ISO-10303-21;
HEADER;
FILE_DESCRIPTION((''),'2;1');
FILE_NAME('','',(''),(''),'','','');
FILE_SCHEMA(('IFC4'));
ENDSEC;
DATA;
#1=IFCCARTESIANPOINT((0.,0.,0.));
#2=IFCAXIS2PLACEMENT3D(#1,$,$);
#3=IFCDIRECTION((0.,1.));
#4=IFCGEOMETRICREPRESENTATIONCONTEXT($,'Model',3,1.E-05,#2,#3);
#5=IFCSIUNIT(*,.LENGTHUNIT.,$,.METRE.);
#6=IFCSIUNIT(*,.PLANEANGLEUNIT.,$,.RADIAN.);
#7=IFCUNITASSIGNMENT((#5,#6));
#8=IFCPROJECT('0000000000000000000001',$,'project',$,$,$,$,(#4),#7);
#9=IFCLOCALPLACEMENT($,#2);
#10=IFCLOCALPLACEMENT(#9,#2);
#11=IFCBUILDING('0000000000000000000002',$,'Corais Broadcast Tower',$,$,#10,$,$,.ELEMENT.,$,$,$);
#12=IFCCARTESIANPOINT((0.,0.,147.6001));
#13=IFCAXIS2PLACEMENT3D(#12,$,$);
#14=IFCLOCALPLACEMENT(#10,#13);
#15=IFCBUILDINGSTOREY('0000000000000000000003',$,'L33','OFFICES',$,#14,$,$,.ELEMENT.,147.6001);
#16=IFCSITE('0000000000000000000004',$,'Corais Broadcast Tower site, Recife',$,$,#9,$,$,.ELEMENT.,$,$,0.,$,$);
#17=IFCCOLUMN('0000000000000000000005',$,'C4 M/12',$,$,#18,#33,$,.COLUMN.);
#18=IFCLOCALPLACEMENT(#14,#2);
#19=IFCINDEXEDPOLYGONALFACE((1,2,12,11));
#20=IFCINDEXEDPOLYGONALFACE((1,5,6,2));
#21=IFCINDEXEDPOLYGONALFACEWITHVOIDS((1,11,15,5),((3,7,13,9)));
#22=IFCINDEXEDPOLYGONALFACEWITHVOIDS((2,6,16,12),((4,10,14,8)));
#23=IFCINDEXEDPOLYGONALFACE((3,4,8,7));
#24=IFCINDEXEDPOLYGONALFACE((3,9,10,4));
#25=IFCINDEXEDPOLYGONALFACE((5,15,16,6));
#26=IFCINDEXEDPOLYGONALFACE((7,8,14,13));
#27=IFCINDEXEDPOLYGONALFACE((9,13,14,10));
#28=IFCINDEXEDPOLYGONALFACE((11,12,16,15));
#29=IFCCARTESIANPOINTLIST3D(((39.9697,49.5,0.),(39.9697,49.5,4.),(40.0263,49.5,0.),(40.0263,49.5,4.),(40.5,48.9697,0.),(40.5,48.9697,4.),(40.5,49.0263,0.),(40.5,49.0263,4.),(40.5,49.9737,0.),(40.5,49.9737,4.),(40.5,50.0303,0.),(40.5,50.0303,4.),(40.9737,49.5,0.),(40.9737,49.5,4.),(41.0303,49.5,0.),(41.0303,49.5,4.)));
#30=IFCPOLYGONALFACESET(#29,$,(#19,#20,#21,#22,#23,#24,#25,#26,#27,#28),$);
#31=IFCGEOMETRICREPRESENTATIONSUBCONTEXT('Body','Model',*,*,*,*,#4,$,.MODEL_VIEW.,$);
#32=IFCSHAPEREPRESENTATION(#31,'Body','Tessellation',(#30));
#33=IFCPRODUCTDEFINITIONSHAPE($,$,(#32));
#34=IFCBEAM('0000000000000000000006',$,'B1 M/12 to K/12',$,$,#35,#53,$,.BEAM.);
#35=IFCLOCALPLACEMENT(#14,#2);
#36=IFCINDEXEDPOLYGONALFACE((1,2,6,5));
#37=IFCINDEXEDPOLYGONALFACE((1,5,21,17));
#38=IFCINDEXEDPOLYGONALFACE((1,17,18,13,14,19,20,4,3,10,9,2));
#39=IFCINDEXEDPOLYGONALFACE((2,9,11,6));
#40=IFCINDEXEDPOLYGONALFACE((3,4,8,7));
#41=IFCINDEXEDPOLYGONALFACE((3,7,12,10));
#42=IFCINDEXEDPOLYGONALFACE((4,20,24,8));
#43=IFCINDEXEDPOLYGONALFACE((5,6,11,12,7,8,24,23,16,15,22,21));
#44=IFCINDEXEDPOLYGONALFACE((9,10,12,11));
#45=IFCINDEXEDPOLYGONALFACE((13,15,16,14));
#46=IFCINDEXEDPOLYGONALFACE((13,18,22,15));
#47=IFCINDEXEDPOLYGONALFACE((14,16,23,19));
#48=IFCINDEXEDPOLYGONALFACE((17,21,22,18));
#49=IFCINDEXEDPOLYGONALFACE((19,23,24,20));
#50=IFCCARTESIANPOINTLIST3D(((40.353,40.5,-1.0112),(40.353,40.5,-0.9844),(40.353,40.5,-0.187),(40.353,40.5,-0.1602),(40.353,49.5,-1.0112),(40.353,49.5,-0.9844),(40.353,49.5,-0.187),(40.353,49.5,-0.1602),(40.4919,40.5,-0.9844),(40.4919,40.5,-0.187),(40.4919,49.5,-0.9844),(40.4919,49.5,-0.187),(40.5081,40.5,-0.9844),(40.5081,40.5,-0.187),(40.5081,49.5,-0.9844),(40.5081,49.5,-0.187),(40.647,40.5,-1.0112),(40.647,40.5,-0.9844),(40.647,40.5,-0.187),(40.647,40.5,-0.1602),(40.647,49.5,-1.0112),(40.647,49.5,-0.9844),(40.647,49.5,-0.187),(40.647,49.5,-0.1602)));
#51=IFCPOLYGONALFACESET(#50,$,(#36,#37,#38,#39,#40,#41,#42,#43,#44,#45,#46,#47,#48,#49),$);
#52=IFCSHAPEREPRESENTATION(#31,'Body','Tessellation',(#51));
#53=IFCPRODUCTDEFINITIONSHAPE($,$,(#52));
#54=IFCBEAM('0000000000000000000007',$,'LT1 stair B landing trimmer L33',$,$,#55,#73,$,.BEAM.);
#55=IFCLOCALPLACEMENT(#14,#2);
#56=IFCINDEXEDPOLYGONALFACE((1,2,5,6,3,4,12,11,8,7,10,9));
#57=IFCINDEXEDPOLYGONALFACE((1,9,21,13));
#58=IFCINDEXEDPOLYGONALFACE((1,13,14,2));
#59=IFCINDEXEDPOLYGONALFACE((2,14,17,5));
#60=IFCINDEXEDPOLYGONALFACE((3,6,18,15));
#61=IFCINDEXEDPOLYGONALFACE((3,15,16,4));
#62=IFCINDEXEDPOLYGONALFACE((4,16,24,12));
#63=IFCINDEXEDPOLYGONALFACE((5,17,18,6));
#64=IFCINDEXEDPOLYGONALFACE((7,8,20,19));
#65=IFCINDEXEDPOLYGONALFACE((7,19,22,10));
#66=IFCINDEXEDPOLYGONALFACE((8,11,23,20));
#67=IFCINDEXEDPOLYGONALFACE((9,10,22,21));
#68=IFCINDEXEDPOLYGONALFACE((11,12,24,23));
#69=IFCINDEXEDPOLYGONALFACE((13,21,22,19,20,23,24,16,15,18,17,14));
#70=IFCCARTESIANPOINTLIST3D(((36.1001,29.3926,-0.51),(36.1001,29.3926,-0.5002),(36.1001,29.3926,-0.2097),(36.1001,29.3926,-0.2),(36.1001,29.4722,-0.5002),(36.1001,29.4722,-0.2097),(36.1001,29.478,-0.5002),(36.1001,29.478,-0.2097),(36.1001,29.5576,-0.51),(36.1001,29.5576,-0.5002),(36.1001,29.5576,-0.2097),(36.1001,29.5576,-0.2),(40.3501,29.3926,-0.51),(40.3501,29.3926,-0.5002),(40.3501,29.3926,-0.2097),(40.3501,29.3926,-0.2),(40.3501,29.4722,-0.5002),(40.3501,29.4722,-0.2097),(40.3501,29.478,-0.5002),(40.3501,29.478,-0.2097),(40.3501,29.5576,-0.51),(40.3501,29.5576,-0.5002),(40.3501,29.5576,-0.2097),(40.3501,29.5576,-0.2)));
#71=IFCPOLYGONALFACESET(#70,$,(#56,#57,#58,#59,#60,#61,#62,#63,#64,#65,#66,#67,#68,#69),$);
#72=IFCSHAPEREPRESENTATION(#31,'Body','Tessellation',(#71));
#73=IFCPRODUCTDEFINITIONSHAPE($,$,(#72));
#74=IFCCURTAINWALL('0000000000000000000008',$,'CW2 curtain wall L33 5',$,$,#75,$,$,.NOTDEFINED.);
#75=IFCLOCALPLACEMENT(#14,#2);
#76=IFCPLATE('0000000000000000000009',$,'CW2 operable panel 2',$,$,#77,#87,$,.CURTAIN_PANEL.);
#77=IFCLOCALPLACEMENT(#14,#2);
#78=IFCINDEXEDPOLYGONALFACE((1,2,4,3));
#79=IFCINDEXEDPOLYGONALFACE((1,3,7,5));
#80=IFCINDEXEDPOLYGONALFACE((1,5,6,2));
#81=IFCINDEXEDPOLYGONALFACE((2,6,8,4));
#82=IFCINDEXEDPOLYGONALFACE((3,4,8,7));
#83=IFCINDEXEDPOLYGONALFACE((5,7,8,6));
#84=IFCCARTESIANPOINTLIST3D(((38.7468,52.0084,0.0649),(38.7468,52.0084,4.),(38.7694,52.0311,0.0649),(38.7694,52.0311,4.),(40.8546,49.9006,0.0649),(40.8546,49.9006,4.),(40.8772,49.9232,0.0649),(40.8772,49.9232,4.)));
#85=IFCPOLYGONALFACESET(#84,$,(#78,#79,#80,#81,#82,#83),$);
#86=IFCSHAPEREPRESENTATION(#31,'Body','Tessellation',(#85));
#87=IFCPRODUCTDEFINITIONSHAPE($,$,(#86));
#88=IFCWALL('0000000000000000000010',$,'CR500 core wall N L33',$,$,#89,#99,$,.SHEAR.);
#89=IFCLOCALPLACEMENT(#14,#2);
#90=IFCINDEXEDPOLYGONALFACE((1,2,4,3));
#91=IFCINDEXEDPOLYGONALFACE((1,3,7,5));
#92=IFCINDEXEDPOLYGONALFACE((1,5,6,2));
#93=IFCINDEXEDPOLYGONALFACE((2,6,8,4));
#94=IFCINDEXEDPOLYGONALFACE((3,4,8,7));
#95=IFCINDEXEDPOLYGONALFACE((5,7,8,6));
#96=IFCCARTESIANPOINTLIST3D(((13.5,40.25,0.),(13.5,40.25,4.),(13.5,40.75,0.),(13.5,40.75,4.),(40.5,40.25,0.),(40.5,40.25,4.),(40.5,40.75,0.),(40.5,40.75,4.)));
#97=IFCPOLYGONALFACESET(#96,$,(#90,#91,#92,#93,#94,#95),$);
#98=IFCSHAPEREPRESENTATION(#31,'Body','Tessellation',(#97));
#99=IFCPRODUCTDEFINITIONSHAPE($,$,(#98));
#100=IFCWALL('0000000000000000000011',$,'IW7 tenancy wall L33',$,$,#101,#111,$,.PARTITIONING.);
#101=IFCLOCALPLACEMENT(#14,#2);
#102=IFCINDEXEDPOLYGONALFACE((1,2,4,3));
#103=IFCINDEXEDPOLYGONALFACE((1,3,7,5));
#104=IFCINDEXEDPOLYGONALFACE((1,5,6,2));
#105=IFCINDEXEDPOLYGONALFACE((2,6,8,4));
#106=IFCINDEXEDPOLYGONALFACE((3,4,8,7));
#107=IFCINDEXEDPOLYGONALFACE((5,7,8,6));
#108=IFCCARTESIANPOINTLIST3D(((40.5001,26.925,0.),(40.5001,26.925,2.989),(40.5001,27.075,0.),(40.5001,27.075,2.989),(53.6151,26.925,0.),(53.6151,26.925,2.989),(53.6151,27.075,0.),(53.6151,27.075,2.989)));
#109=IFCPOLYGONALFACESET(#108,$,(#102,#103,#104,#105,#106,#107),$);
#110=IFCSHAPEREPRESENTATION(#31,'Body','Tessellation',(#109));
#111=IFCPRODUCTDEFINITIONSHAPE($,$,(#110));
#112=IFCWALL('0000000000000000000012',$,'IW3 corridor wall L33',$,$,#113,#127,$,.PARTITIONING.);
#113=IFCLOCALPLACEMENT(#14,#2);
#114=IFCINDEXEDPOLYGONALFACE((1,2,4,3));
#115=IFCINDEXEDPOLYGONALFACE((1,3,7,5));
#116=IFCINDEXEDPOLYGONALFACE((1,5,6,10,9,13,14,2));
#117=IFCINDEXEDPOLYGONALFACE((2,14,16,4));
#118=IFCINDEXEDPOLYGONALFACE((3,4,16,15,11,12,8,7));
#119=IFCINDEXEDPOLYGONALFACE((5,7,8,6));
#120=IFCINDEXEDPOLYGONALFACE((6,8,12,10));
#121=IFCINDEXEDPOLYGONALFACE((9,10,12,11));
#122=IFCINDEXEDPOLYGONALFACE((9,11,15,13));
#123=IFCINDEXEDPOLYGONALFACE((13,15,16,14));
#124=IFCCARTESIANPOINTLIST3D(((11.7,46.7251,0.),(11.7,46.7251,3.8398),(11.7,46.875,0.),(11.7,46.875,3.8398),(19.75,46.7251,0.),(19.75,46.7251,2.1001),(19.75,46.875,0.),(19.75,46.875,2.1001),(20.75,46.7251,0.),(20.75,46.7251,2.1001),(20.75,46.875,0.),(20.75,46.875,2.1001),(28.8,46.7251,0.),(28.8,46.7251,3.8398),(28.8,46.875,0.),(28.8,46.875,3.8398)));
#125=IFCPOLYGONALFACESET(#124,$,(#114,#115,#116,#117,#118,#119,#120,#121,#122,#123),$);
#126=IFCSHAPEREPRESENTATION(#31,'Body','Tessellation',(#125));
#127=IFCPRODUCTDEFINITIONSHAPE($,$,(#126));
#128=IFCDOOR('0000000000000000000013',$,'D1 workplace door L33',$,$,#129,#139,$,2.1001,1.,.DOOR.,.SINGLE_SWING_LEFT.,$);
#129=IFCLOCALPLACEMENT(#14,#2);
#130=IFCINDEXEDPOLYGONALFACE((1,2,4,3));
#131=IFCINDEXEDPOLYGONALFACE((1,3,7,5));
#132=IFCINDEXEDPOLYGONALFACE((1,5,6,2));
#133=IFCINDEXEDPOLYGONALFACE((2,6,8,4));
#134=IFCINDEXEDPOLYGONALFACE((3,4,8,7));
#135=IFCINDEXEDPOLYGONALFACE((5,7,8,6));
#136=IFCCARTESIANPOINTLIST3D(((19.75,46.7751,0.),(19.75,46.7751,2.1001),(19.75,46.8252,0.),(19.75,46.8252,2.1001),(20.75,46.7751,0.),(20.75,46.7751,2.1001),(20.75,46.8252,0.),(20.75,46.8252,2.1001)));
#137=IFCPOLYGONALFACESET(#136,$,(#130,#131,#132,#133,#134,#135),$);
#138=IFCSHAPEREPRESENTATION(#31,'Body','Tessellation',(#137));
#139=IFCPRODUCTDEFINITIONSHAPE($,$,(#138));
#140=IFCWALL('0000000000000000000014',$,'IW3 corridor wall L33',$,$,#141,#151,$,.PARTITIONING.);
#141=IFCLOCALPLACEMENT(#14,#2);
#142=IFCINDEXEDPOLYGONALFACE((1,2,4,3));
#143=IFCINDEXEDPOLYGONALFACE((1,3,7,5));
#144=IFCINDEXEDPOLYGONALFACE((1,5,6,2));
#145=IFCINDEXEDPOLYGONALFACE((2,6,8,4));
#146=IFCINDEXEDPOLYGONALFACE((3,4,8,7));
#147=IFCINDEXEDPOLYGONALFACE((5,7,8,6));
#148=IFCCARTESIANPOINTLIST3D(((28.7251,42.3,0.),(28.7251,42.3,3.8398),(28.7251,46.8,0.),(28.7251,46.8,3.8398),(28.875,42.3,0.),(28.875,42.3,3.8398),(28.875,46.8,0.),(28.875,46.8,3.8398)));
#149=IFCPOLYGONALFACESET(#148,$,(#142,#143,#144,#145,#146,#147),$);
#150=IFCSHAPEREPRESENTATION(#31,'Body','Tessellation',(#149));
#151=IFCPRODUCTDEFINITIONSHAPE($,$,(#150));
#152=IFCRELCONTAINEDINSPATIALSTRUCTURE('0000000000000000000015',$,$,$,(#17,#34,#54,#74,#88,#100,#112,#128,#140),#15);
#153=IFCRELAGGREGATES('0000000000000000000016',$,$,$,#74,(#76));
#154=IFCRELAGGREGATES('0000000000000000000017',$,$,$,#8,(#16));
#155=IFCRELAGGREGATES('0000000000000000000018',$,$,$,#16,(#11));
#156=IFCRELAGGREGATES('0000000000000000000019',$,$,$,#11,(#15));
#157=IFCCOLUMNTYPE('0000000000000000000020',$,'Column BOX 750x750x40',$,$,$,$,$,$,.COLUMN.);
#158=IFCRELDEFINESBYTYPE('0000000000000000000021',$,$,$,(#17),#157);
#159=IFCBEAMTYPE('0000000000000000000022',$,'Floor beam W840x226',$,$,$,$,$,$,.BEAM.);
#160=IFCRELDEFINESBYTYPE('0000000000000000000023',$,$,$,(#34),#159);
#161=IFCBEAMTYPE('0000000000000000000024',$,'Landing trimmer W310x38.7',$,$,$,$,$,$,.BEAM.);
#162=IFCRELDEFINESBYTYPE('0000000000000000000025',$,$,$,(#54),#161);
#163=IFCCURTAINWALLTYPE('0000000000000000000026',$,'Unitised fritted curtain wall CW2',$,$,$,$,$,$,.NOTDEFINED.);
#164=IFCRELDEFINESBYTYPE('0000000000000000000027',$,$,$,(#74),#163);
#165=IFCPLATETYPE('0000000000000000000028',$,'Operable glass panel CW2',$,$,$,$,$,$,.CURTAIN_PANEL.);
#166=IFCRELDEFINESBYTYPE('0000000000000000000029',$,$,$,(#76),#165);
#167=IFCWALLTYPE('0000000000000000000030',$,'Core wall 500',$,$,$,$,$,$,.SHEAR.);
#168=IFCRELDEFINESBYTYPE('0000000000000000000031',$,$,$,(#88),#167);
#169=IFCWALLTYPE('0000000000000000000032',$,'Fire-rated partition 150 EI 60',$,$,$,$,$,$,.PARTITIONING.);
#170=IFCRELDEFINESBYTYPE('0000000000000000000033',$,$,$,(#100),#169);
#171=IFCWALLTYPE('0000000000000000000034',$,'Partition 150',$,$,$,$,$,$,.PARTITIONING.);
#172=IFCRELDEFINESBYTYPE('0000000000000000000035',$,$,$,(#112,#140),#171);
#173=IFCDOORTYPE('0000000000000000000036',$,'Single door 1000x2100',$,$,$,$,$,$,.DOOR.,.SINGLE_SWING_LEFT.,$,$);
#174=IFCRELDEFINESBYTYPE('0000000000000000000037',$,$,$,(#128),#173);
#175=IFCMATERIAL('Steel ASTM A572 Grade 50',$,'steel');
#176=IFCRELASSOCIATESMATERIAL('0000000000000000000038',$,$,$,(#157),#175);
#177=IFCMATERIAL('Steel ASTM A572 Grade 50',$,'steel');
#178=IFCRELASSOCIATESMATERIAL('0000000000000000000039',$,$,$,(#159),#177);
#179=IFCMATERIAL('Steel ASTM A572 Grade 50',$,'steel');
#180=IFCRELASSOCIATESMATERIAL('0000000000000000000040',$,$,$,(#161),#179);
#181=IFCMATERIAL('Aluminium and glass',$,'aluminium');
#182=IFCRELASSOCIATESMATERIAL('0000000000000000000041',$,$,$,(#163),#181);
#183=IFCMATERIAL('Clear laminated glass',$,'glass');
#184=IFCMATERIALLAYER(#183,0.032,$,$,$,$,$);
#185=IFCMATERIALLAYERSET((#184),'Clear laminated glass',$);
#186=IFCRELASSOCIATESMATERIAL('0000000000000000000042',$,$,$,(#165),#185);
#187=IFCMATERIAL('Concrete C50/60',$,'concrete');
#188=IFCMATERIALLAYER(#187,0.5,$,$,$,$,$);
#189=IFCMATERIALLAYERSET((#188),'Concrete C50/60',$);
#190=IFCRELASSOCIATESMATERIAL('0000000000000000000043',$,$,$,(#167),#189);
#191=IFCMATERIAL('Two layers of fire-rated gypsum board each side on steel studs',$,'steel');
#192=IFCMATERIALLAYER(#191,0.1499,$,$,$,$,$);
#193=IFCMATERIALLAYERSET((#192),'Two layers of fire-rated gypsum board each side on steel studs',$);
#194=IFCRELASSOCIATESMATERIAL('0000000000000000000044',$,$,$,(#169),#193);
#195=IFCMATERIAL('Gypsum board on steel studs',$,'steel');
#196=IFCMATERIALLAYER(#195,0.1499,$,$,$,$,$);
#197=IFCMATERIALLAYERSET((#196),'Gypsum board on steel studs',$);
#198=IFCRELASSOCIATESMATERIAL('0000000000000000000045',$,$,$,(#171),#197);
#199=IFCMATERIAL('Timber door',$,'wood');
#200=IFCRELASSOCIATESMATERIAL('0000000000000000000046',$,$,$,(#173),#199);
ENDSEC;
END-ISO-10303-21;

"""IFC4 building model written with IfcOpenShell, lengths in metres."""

from ifc_helpers import new_model, si_unit, direction, frame, frame_2d, origin, origin_2d, place, context, subcontext, project, spatial, rectangle, hollow_rectangle, i_section, extrude, material, layer, layer_set, material_profile, profile_set, type_object, element, fill, aggregate, save


model = new_model("IFC4")

# Units and contexts
model_context = context("Model", 3, precision=1e-05, world=origin(), true_north=direction((0.0, 1.0)))
body_context = subcontext(model_context, "Body", "Model", "MODEL_VIEW")
ifc_project = project(units=[si_unit("LENGTHUNIT", "METRE"), si_unit("PLANEANGLEUNIT", "RADIAN")], contexts=[model_context])

# Site, building, storey
site_placement = place(None, origin())
site = spatial("IfcSite", under=ifc_project, at=site_placement, Name="Corais Broadcast Tower site, Recife", CompositionType="ELEMENT", RefElevation=0.0)
building_placement = place(site_placement, origin())
building = spatial("IfcBuilding", under=site, at=building_placement, Name="Corais Broadcast Tower", CompositionType="ELEMENT")
storey_placement = place(building_placement, frame((0.0, 0.0, 147.6001)))
storey = spatial("IfcBuildingStorey", under=building, at=storey_placement, Name="L33", Description="OFFICES", CompositionType="ELEMENT", Elevation=147.6001)

# Column
ifc_material_1 = material(Name="Steel ASTM A572 Grade 50", Category="steel")
ifc_material_profile_1 = material_profile(ifc_material_1, hollow_rectangle(XDim=0.75, YDim=0.75, WallThickness=0.04, at=origin_2d()), Name="BOX 750x750x40")
ifc_profile_set_1 = profile_set([ifc_material_profile_1], Name="Steel ASTM A572 Grade 50")
column_type = type_object("IfcColumnType", Name="Column BOX 750x750x40", PredefinedType="COLUMN", material=ifc_profile_set_1)
column_placement = place(storey_placement, frame((40.5, 49.5, 0.0), z_axis=(0.0, 0.0, 1.0), x_axis=(0.707107, 0.707107, 0.0)))
element("IfcColumn", 1, at=column_placement, inside=storey, type_object=column_type, Name="C4 M/12", PredefinedType="COLUMN", context=body_context, shape_type="SweptSolid", body=[
    extrude(hollow_rectangle(XDim=0.75, YDim=0.75, WallThickness=0.04, at=origin_2d()), origin(), (0.0, 0.0, 1.0), 4.0),
])

# Beams
ifc_material_2 = material(Name="Steel ASTM A572 Grade 50", Category="steel")
ifc_material_profile_2 = material_profile(ifc_material_2, i_section(OverallWidth=0.2939, OverallDepth=0.8511, WebThickness=0.0161, FlangeThickness=0.0269, at=origin_2d()), Name="W840x226")
ifc_profile_set_2 = profile_set([ifc_material_profile_2], Name="Steel ASTM A572 Grade 50")
beam_type_1 = type_object("IfcBeamType", Name="Floor beam W840x226", PredefinedType="BEAM", material=ifc_profile_set_2)
beam_1_placement = place(storey_placement, frame((40.5, 49.5, -0.5857), z_axis=(0.0, -1.0, 0.0), x_axis=(1.0, 0.0, 0.0)))
element("IfcBeam", 2, at=beam_1_placement, inside=storey, type_object=beam_type_1, Name="B1 M/12 to K/12", PredefinedType="BEAM", context=body_context, shape_type="SweptSolid", body=[
    extrude(i_section(OverallWidth=0.2939, OverallDepth=0.8511, WebThickness=0.0161, FlangeThickness=0.0269, at=origin_2d()), origin(), (0.0, 0.0, 1.0), 9.0),
])
ifc_material_3 = material(Name="Steel ASTM A572 Grade 50", Category="steel")
ifc_material_profile_3 = material_profile(ifc_material_3, i_section(OverallWidth=0.165, OverallDepth=0.3101, WebThickness=0.0059, FlangeThickness=0.0098, at=origin_2d()), Name="W310x38.7")
ifc_profile_set_3 = profile_set([ifc_material_profile_3], Name="Steel ASTM A572 Grade 50")
beam_type_2 = type_object("IfcBeamType", Name="Landing trimmer W310x38.7", PredefinedType="BEAM", material=ifc_profile_set_3)
beam_2_placement = place(storey_placement, frame((36.1001, 29.4751, -0.355), z_axis=(1.0, 0.0, 0.0), x_axis=(0.0, 1.0, 0.0)))
element("IfcBeam", 3, at=beam_2_placement, inside=storey, type_object=beam_type_2, Name="LT1 stair B landing trimmer L33", PredefinedType="BEAM", context=body_context, shape_type="SweptSolid", body=[
    extrude(i_section(OverallWidth=0.165, OverallDepth=0.3101, WebThickness=0.0059, FlangeThickness=0.0098, at=origin_2d()), origin(), (0.0, 0.0, 1.0), 4.25),
])

# Curtain wall, plate
ifc_material_4 = material(Name="Aluminium and glass", Category="aluminium")
curtain_wall_type = type_object("IfcCurtainWallType", Name="Unitised fritted curtain wall CW2", PredefinedType="NOTDEFINED", material=ifc_material_4)
curtain_wall_placement = place(storey_placement, origin())
curtain_wall = element("IfcCurtainWall", 4, at=curtain_wall_placement, inside=storey, type_object=curtain_wall_type, Name="CW2 curtain wall L33 5", PredefinedType="NOTDEFINED")
ifc_material_5 = material(Name="Clear laminated glass", Category="glass")
ifc_layer_1 = layer(ifc_material_5, 0.032)
ifc_layer_set_1 = layer_set([ifc_layer_1], Name="Clear laminated glass")
plate_type = type_object("IfcPlateType", Name="Operable glass panel CW2", PredefinedType="CURTAIN_PANEL", material=ifc_layer_set_1)
plate_placement = place(storey_placement, frame((39.812, 50.9658, 0.0649), z_axis=(0.0, 0.0, 1.0), x_axis=(0.707107, -0.707107, 0.0)))
plate = element("IfcPlate", 5, at=plate_placement, type_object=plate_type, Name="CW2 operable panel 2", PredefinedType="CURTAIN_PANEL", context=body_context, shape_type="SweptSolid", body=[
    extrude(rectangle(XDim=2.981, YDim=0.032, at=origin_2d()), origin(), (0.0, 0.0, 1.0), 3.9351),
])
aggregate(curtain_wall, [plate])

# Walls
ifc_material_6 = material(Name="Concrete C50/60", Category="concrete")
ifc_layer_2 = layer(ifc_material_6, 0.5)
ifc_layer_set_2 = layer_set([ifc_layer_2], Name="Concrete C50/60")
wall_type_1 = type_object("IfcWallType", Name="Core wall 500", PredefinedType="SHEAR", material=ifc_layer_set_2)
wall_1_placement = place(storey_placement, frame((40.5, 40.5, 0.0), z_axis=(0.0, 0.0, 1.0), x_axis=(-1.0, 0.0, 0.0)))
element("IfcWall", 6, at=wall_1_placement, inside=storey, type_object=wall_type_1, Name="CR500 core wall N L33", PredefinedType="SHEAR", context=body_context, shape_type="SweptSolid", body=[
    extrude(rectangle(XDim=27.0, YDim=0.5, at=frame_2d((13.5, 0.0))), origin(), (0.0, 0.0, 1.0), 4.0),
])
ifc_material_7 = material(Name="Two layers of fire-rated gypsum board each side on steel studs", Category="steel")
ifc_layer_3 = layer(ifc_material_7, 0.1499)
ifc_layer_set_3 = layer_set([ifc_layer_3], Name="Two layers of fire-rated gypsum board each side on steel studs")
wall_type_2 = type_object("IfcWallType", Name="Fire-rated partition 150 EI 60", PredefinedType="PARTITIONING", material=ifc_layer_set_3)
wall_2_placement = place(storey_placement, frame((40.5, 27.0, 0.0), z_axis=(0.0, 0.0, 1.0), x_axis=(1.0, 0.0, 0.0)))
element("IfcWall", 7, at=wall_2_placement, inside=storey, type_object=wall_type_2, Name="IW7 tenancy wall L33", PredefinedType="PARTITIONING", context=body_context, shape_type="SweptSolid", body=[
    extrude(rectangle(XDim=13.115, YDim=0.1499, at=frame_2d((6.5576, 0.0))), origin(), (0.0, 0.0, 1.0), 2.989),
])

# Wall, opening, door
ifc_material_8 = material(Name="Gypsum board on steel studs", Category="steel")
ifc_layer_4 = layer(ifc_material_8, 0.1499)
ifc_layer_set_4 = layer_set([ifc_layer_4], Name="Gypsum board on steel studs")
wall_type_3 = type_object("IfcWallType", Name="Partition 150", PredefinedType="PARTITIONING", material=ifc_layer_set_4)
wall_3_placement = place(storey_placement, frame((28.8, 46.8, 0.0), z_axis=(0.0, 0.0, 1.0), x_axis=(-1.0, 0.0, 0.0)))
wall_3 = element("IfcWall", 8, at=wall_3_placement, inside=storey, type_object=wall_type_3, Name="IW3 corridor wall L33", PredefinedType="PARTITIONING", context=body_context, shape_type="SweptSolid", body=[
    extrude(rectangle(XDim=17.1001, YDim=0.1499, at=frame_2d((8.55, 0.0))), origin(), (0.0, 0.0, 1.0), 3.8398),
])
opening_1_placement = place(wall_3_placement, frame((8.05, 0.0, 0.0)))
opening_1 = element("IfcOpeningElement", 9, at=opening_1_placement, cuts=wall_3, PredefinedType="OPENING", context=body_context, shape_type="SweptSolid", body=[
    extrude(rectangle(XDim=1.0, YDim=2.1001, at=frame_2d((0.5, 1.05))), frame((0.0, 0.085, 0.0), z_axis=(0.0, -1.0, 0.0), x_axis=(1.0, 0.0, 0.0)), (0.0, 0.0, 1.0), 0.1699),
])
ifc_material_9 = material(Name="Timber door", Category="wood")
door_type = type_object("IfcDoorType", Name="Single door 1000x2100", OperationType="SINGLE_SWING_LEFT", PredefinedType="DOOR", material=ifc_material_9)
door_1_placement = place(opening_1_placement, origin())
door_1 = element("IfcDoor", 10, at=door_1_placement, inside=storey, type_object=door_type, Name="D1 workplace door L33", OperationType="SINGLE_SWING_LEFT", OverallHeight=2.1001, OverallWidth=1.0, PredefinedType="DOOR", context=body_context, shape_type="SweptSolid", body=[
    extrude(rectangle(XDim=1.0, YDim=2.1001, at=frame_2d((0.5, 1.05))), frame((0.0, 0.0249, 0.0), z_axis=(0.0, -1.0, 0.0), x_axis=(1.0, 0.0, 0.0)), (0.0, 0.0, 1.0), 0.05),
])
fill(opening_1, door_1)

# Wall
wall_4_placement = place(storey_placement, frame((28.8, 42.3, 0.0), z_axis=(0.0, 0.0, 1.0), x_axis=(0.0, 1.0, 0.0)))
element("IfcWall", 11, at=wall_4_placement, inside=storey, type_object=wall_type_3, Name="IW3 corridor wall L33", PredefinedType="PARTITIONING", context=body_context, shape_type="SweptSolid", body=[
    extrude(rectangle(XDim=4.5, YDim=0.1499, at=frame_2d((2.25, 0.0))), origin(), (0.0, 0.0, 1.0), 3.8398),
])

save(model, "model.ifc")
